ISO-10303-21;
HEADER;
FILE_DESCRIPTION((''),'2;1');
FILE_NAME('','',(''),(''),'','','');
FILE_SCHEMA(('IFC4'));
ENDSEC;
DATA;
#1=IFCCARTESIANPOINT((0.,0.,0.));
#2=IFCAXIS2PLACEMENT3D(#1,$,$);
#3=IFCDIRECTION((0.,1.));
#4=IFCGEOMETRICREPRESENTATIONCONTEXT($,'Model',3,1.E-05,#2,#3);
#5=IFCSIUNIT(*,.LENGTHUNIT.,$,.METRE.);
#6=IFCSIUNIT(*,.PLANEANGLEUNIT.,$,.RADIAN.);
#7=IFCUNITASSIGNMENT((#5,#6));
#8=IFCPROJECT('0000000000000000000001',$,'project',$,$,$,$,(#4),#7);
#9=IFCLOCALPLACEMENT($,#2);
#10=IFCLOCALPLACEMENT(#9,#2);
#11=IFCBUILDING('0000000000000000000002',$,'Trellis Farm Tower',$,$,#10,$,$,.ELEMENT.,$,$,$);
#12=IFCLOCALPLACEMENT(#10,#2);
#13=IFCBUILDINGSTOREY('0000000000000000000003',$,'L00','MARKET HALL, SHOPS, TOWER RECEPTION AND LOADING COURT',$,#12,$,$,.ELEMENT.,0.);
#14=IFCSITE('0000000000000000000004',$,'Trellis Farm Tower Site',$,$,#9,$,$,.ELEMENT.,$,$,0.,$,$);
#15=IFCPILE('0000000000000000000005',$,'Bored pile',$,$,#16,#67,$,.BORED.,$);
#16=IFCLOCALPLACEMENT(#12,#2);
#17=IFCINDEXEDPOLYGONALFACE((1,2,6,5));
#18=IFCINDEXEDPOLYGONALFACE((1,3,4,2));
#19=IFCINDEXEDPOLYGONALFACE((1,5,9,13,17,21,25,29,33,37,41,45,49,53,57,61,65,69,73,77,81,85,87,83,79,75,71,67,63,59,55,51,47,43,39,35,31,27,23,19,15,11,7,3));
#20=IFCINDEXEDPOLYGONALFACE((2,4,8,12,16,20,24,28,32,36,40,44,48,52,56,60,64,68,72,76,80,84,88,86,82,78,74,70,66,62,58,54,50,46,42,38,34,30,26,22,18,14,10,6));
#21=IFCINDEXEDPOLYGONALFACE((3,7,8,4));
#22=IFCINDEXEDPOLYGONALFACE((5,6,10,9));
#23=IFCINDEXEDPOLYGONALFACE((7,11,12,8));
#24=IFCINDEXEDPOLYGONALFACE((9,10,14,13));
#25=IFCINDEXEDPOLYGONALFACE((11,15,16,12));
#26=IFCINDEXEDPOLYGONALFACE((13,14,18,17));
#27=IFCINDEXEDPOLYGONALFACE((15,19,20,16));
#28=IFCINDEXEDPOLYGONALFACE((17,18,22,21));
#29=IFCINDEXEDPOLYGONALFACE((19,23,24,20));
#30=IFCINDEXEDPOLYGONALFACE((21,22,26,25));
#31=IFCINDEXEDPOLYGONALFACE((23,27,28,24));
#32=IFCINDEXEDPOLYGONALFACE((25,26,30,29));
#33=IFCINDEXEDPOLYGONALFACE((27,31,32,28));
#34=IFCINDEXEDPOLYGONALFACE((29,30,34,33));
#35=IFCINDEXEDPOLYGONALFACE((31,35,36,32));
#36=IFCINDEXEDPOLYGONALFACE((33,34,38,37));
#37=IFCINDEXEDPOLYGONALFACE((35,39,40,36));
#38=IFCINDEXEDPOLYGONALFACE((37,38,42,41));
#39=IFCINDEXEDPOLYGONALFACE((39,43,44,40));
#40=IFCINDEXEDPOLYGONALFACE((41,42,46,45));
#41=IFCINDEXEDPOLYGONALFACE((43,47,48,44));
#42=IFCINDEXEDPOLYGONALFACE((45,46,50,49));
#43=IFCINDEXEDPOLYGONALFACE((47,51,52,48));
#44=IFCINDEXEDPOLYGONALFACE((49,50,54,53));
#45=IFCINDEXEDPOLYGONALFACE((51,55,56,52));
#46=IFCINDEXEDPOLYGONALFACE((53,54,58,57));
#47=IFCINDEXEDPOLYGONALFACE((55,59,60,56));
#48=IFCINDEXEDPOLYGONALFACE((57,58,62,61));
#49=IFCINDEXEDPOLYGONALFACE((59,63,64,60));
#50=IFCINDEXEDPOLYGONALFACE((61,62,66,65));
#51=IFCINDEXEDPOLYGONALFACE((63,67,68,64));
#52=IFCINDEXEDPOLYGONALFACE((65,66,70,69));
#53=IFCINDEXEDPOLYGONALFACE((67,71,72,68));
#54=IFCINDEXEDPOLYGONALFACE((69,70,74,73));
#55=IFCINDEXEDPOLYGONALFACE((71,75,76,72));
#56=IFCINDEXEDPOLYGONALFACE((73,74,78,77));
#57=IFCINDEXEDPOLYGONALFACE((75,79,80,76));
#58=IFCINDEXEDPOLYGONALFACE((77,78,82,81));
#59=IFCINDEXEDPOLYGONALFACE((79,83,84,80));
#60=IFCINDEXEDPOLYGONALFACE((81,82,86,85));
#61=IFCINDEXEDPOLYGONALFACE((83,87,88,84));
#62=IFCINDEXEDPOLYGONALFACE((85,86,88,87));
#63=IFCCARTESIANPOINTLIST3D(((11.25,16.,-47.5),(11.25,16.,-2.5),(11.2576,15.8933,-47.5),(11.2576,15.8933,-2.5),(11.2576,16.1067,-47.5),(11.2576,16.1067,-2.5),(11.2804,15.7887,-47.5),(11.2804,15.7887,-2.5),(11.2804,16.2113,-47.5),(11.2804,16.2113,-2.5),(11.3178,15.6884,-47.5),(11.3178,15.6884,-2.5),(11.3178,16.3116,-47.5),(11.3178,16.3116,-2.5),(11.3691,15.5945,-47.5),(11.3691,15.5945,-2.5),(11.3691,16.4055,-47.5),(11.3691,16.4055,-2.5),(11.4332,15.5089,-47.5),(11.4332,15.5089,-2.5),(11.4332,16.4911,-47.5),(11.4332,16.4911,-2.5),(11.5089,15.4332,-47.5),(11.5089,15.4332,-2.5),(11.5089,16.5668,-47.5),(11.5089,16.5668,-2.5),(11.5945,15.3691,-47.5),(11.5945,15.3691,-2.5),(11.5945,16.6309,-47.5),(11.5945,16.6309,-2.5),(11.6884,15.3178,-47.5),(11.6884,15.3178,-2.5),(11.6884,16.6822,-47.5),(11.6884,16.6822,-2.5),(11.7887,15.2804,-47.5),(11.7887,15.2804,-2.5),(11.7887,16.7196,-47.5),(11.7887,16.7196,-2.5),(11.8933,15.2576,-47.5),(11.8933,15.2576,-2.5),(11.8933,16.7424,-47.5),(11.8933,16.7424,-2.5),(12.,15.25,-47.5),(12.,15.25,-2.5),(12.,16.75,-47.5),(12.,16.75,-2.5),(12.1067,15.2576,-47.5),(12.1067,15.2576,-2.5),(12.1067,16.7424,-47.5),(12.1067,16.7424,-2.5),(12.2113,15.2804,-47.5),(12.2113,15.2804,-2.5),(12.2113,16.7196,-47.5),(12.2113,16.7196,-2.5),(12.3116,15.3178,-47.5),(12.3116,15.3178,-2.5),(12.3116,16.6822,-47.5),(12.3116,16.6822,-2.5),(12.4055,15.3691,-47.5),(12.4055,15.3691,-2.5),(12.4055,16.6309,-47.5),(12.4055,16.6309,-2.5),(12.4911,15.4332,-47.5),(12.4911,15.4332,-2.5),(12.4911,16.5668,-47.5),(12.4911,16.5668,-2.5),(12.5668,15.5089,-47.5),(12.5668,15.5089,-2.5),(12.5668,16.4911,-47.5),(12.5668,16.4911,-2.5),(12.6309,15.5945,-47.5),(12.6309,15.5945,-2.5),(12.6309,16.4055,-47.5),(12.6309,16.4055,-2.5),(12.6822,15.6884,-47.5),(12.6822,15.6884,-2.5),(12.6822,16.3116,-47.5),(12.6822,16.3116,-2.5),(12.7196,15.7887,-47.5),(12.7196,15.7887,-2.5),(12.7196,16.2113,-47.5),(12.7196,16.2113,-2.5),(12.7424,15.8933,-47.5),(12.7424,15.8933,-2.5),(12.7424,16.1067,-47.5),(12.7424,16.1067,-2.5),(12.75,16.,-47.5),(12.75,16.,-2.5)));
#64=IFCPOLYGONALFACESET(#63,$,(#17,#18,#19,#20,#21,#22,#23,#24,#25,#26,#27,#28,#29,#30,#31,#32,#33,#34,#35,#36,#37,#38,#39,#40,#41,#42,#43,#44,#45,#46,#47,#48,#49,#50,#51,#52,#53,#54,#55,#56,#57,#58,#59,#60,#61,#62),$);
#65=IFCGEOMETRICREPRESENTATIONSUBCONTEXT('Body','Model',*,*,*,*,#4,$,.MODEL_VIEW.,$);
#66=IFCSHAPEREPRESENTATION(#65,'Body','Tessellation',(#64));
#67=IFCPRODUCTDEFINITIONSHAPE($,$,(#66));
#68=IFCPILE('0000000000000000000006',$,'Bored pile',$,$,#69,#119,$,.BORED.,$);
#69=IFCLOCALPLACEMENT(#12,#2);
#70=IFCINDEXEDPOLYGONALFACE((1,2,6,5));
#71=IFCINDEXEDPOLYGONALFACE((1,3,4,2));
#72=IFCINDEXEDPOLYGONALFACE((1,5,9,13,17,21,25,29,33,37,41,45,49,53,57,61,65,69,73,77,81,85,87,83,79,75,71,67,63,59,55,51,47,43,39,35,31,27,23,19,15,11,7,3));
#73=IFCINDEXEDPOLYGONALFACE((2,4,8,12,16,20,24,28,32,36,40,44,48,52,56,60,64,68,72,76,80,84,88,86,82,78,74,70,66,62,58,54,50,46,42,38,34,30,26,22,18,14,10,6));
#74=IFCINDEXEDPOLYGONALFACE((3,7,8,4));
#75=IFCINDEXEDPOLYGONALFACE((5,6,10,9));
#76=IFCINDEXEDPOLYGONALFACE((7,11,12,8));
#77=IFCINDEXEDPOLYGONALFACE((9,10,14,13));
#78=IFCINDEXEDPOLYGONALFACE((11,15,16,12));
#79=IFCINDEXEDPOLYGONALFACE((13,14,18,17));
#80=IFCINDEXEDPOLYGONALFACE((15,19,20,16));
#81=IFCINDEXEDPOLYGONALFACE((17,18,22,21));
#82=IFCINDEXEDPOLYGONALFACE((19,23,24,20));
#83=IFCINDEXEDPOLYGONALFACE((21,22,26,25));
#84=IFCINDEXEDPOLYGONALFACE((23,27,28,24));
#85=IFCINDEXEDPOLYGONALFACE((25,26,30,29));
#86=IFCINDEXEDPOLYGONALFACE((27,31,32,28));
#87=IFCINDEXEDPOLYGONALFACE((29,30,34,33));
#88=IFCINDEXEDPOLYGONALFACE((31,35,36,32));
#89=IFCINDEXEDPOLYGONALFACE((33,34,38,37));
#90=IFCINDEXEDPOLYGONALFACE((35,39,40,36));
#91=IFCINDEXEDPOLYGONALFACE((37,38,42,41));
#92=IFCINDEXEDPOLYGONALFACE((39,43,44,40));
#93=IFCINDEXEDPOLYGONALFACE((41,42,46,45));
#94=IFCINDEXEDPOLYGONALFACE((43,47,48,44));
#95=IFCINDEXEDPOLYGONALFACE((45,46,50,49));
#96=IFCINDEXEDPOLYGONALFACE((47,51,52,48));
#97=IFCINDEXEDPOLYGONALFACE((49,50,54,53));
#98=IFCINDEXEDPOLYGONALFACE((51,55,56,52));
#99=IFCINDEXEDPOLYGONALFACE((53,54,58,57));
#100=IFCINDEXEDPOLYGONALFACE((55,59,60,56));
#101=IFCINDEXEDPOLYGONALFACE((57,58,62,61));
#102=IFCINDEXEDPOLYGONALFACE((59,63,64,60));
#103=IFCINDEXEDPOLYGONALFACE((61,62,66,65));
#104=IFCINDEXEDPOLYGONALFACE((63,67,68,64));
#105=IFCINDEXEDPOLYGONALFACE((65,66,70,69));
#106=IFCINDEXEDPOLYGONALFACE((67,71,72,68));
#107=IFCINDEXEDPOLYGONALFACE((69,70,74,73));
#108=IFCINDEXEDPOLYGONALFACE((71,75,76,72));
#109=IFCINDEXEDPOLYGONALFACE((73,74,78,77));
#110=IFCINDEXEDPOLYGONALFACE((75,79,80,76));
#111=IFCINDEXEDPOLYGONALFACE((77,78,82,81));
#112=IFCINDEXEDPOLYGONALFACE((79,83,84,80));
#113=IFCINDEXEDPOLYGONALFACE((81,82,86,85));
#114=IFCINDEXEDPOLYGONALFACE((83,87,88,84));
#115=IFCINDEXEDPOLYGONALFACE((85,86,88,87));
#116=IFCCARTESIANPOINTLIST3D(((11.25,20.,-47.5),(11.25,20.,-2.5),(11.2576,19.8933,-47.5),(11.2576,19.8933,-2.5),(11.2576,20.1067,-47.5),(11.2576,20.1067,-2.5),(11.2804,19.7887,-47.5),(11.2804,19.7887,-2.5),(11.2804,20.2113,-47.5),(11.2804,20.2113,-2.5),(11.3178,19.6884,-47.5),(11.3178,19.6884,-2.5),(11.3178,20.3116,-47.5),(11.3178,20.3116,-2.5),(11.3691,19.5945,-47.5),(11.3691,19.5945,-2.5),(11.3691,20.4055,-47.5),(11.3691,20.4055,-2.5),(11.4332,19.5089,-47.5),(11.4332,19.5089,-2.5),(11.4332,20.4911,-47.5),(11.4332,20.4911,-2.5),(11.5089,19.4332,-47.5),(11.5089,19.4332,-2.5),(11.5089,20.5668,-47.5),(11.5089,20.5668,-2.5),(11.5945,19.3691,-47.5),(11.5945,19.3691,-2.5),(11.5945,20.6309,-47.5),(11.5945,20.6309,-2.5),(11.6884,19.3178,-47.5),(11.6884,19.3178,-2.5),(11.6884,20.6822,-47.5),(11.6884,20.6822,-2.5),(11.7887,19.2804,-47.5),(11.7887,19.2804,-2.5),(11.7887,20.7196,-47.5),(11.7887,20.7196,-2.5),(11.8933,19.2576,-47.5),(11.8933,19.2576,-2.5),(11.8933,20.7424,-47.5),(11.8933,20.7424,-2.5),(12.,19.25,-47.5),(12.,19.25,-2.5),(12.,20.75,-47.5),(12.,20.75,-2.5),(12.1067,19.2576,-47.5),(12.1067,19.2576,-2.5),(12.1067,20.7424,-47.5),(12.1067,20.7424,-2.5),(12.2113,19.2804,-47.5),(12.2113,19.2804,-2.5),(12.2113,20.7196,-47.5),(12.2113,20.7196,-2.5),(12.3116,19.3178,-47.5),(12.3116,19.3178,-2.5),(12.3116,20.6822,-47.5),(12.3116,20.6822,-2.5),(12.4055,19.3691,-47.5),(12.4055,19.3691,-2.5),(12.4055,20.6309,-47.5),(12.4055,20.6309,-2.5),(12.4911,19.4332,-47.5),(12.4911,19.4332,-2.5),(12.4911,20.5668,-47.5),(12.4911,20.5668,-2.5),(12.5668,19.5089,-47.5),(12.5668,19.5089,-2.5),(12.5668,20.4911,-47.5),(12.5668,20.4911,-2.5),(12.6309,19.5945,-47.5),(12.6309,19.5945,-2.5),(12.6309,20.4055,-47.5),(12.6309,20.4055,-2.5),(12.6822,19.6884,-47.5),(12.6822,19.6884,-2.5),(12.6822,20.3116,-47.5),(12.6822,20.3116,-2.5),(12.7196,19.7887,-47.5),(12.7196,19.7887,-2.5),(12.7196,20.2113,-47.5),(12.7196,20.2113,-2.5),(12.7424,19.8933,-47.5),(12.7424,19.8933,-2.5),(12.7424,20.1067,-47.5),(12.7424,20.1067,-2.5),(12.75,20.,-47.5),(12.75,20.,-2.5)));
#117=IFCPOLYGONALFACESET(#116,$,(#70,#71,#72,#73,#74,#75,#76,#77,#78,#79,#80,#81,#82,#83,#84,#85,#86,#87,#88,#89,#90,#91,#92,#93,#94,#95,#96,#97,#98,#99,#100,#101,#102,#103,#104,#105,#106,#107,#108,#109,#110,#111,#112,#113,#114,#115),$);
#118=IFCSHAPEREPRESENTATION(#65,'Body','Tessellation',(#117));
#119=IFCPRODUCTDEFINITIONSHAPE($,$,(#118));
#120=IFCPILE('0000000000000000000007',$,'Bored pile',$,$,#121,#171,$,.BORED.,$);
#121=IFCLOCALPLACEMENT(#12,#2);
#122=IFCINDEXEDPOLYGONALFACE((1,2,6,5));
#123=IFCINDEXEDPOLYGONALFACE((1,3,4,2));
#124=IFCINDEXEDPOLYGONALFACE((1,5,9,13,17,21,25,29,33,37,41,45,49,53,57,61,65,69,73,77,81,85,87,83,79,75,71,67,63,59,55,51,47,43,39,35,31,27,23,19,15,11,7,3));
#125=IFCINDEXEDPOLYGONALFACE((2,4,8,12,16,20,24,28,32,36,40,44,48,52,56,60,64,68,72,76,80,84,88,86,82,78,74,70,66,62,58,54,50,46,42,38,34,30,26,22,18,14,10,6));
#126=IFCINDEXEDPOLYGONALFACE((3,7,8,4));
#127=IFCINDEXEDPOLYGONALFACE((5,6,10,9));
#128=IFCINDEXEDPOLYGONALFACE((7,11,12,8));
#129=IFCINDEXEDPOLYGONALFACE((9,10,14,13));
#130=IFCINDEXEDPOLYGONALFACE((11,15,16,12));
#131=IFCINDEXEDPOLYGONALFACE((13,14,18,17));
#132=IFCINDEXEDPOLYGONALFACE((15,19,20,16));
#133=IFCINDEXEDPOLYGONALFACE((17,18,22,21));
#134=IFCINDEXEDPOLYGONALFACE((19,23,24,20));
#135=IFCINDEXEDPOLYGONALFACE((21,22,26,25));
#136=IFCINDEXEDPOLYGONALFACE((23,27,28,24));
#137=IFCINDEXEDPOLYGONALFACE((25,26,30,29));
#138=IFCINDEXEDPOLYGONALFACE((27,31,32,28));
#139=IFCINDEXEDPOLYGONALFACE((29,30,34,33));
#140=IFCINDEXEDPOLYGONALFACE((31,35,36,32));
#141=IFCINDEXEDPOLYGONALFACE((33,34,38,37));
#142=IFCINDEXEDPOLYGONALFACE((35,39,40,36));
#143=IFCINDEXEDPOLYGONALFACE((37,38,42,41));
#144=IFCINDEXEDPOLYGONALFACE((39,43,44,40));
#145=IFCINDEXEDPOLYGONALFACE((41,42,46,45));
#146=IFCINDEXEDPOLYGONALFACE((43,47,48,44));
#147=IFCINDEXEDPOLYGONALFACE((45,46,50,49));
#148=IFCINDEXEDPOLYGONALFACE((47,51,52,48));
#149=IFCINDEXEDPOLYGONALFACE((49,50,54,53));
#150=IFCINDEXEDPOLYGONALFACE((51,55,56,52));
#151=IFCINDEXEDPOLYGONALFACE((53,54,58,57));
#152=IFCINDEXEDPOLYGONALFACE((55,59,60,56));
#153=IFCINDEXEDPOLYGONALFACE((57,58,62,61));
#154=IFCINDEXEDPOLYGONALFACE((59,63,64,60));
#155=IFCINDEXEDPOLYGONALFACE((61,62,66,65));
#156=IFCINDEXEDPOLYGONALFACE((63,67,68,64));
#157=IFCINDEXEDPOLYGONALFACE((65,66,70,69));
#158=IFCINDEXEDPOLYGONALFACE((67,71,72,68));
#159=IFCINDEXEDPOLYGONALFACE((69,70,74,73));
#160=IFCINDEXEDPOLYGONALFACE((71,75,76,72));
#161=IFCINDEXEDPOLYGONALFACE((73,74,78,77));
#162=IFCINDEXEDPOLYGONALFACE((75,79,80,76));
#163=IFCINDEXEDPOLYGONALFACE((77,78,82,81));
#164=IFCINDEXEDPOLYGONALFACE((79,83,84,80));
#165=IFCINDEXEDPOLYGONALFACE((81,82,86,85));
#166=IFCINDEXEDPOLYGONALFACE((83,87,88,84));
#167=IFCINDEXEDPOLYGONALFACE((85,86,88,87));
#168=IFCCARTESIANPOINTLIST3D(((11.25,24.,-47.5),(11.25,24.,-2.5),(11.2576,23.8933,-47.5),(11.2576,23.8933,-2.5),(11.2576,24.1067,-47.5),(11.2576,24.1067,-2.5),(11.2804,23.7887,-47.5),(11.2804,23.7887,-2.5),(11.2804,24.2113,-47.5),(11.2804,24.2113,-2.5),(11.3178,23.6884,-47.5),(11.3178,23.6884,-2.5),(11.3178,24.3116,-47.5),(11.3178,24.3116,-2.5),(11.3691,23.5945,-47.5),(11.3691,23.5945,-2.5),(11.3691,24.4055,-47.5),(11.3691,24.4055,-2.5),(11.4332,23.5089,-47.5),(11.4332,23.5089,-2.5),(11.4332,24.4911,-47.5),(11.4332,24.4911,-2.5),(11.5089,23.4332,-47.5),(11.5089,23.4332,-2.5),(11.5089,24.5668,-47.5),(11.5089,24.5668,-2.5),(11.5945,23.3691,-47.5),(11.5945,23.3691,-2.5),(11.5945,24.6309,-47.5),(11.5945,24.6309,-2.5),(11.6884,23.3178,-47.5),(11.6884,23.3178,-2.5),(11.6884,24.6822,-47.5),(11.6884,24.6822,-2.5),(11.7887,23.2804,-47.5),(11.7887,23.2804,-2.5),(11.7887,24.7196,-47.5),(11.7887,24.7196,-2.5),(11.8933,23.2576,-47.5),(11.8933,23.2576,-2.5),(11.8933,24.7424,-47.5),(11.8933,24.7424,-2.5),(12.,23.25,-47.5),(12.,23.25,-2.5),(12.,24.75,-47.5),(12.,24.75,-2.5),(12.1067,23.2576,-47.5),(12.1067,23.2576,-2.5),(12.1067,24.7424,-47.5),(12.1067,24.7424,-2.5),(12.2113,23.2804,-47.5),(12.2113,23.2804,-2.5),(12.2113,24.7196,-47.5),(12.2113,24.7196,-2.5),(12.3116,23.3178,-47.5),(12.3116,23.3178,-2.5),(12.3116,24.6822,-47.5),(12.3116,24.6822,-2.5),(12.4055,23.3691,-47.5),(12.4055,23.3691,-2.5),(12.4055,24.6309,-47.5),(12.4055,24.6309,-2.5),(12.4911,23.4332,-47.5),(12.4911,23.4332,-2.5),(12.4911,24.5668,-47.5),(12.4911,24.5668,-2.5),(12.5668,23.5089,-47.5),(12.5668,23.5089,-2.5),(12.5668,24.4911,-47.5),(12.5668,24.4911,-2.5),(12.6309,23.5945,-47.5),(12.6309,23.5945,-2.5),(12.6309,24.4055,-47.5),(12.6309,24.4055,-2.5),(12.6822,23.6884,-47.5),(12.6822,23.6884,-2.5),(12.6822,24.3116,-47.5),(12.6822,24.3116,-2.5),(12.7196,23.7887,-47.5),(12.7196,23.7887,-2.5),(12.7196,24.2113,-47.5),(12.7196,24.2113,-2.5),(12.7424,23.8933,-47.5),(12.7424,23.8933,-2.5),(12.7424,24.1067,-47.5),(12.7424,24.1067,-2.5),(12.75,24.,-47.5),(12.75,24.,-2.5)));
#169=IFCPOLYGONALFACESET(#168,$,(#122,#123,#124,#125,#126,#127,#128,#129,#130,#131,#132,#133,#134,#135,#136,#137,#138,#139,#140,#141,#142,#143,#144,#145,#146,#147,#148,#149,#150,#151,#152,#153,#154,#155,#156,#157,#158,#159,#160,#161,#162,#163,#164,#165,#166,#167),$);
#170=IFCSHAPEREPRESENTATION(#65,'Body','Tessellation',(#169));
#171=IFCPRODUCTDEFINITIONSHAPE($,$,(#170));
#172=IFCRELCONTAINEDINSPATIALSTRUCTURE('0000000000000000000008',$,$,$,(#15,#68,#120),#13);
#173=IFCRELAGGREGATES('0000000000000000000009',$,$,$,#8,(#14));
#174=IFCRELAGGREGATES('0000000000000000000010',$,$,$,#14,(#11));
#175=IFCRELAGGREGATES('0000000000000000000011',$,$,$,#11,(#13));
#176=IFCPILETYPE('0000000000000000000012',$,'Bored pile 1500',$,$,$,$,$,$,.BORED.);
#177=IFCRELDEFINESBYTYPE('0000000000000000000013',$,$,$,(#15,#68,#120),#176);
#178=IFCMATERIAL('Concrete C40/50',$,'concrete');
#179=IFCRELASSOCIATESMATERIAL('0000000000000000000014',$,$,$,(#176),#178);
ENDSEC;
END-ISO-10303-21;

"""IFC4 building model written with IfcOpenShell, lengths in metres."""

from ifc_helpers import new_model, si_unit, direction, frame, origin, origin_2d, place, context, subcontext, project, spatial, circle, extrude, source, transform, mapped, material, material_profile, profile_set, type_object, element, save


model = new_model("IFC4")

# Units and contexts
model_context = context("Model", 3, precision=1e-05, world=origin(), true_north=direction((0.0, 1.0)))
body_context = subcontext(model_context, "Body", "Model", "MODEL_VIEW")
ifc_project = project(units=[si_unit("LENGTHUNIT", "METRE"), si_unit("PLANEANGLEUNIT", "RADIAN")], contexts=[model_context])

# Site, building, storey
site_placement = place(None, origin())
site = spatial("IfcSite", under=ifc_project, at=site_placement, Name="Trellis Farm Tower Site", CompositionType="ELEMENT", RefElevation=0.0)
building_placement = place(site_placement, origin())
building = spatial("IfcBuilding", under=site, at=building_placement, Name="Trellis Farm Tower", CompositionType="ELEMENT")
storey_placement = place(building_placement, origin())
storey = spatial("IfcBuildingStorey", under=building, at=storey_placement, Name="L00", Description="MARKET HALL, SHOPS, TOWER RECEPTION AND LOADING COURT", CompositionType="ELEMENT", Elevation=0.0)

# Piles
ifc_material_1 = material(Name="Concrete C40/50", Category="concrete")
ifc_material_profile_1 = material_profile(ifc_material_1, circle(Radius=0.75, at=origin_2d()), Name="Bored pile 1500")
ifc_profile_set_1 = profile_set([ifc_material_profile_1], Name="Concrete C40/50")
pile_type = type_object("IfcPileType", Name="Bored pile 1500", PredefinedType="BORED", material=ifc_profile_set_1)
shared_shape_1 = source(origin(), body_context, "Body", "SweptSolid", [
    extrude(circle(Radius=0.75, at=origin_2d()), origin(), (0.0, 0.0, 1.0), 45.0),
])
for number, where, z_axis, x_axis, name in (
    (1, (12.0, 16.0, -2.5), (0.0, 0.0, -1.0), (1.0, 0.0, 0.0), "Bored pile"),
    (2, (12.0, 20.0, -2.5), (0.0, 0.0, -1.0), (1.0, 0.0, 0.0), "Bored pile"),
    (3, (12.0, 24.0, -2.5), (0.0, 0.0, -1.0), (1.0, 0.0, 0.0), "Bored pile"),
):
    element("IfcPile", number, at=place(storey_placement, frame(where, z_axis=z_axis, x_axis=x_axis)), inside=storey, type_object=pile_type, Name=name, PredefinedType="BORED", context=body_context, shape_type="MappedRepresentation", body=[
        mapped(shared_shape_1, transform((0.0, 0.0, 0.0))),
    ])

save(model, "model.ifc")
